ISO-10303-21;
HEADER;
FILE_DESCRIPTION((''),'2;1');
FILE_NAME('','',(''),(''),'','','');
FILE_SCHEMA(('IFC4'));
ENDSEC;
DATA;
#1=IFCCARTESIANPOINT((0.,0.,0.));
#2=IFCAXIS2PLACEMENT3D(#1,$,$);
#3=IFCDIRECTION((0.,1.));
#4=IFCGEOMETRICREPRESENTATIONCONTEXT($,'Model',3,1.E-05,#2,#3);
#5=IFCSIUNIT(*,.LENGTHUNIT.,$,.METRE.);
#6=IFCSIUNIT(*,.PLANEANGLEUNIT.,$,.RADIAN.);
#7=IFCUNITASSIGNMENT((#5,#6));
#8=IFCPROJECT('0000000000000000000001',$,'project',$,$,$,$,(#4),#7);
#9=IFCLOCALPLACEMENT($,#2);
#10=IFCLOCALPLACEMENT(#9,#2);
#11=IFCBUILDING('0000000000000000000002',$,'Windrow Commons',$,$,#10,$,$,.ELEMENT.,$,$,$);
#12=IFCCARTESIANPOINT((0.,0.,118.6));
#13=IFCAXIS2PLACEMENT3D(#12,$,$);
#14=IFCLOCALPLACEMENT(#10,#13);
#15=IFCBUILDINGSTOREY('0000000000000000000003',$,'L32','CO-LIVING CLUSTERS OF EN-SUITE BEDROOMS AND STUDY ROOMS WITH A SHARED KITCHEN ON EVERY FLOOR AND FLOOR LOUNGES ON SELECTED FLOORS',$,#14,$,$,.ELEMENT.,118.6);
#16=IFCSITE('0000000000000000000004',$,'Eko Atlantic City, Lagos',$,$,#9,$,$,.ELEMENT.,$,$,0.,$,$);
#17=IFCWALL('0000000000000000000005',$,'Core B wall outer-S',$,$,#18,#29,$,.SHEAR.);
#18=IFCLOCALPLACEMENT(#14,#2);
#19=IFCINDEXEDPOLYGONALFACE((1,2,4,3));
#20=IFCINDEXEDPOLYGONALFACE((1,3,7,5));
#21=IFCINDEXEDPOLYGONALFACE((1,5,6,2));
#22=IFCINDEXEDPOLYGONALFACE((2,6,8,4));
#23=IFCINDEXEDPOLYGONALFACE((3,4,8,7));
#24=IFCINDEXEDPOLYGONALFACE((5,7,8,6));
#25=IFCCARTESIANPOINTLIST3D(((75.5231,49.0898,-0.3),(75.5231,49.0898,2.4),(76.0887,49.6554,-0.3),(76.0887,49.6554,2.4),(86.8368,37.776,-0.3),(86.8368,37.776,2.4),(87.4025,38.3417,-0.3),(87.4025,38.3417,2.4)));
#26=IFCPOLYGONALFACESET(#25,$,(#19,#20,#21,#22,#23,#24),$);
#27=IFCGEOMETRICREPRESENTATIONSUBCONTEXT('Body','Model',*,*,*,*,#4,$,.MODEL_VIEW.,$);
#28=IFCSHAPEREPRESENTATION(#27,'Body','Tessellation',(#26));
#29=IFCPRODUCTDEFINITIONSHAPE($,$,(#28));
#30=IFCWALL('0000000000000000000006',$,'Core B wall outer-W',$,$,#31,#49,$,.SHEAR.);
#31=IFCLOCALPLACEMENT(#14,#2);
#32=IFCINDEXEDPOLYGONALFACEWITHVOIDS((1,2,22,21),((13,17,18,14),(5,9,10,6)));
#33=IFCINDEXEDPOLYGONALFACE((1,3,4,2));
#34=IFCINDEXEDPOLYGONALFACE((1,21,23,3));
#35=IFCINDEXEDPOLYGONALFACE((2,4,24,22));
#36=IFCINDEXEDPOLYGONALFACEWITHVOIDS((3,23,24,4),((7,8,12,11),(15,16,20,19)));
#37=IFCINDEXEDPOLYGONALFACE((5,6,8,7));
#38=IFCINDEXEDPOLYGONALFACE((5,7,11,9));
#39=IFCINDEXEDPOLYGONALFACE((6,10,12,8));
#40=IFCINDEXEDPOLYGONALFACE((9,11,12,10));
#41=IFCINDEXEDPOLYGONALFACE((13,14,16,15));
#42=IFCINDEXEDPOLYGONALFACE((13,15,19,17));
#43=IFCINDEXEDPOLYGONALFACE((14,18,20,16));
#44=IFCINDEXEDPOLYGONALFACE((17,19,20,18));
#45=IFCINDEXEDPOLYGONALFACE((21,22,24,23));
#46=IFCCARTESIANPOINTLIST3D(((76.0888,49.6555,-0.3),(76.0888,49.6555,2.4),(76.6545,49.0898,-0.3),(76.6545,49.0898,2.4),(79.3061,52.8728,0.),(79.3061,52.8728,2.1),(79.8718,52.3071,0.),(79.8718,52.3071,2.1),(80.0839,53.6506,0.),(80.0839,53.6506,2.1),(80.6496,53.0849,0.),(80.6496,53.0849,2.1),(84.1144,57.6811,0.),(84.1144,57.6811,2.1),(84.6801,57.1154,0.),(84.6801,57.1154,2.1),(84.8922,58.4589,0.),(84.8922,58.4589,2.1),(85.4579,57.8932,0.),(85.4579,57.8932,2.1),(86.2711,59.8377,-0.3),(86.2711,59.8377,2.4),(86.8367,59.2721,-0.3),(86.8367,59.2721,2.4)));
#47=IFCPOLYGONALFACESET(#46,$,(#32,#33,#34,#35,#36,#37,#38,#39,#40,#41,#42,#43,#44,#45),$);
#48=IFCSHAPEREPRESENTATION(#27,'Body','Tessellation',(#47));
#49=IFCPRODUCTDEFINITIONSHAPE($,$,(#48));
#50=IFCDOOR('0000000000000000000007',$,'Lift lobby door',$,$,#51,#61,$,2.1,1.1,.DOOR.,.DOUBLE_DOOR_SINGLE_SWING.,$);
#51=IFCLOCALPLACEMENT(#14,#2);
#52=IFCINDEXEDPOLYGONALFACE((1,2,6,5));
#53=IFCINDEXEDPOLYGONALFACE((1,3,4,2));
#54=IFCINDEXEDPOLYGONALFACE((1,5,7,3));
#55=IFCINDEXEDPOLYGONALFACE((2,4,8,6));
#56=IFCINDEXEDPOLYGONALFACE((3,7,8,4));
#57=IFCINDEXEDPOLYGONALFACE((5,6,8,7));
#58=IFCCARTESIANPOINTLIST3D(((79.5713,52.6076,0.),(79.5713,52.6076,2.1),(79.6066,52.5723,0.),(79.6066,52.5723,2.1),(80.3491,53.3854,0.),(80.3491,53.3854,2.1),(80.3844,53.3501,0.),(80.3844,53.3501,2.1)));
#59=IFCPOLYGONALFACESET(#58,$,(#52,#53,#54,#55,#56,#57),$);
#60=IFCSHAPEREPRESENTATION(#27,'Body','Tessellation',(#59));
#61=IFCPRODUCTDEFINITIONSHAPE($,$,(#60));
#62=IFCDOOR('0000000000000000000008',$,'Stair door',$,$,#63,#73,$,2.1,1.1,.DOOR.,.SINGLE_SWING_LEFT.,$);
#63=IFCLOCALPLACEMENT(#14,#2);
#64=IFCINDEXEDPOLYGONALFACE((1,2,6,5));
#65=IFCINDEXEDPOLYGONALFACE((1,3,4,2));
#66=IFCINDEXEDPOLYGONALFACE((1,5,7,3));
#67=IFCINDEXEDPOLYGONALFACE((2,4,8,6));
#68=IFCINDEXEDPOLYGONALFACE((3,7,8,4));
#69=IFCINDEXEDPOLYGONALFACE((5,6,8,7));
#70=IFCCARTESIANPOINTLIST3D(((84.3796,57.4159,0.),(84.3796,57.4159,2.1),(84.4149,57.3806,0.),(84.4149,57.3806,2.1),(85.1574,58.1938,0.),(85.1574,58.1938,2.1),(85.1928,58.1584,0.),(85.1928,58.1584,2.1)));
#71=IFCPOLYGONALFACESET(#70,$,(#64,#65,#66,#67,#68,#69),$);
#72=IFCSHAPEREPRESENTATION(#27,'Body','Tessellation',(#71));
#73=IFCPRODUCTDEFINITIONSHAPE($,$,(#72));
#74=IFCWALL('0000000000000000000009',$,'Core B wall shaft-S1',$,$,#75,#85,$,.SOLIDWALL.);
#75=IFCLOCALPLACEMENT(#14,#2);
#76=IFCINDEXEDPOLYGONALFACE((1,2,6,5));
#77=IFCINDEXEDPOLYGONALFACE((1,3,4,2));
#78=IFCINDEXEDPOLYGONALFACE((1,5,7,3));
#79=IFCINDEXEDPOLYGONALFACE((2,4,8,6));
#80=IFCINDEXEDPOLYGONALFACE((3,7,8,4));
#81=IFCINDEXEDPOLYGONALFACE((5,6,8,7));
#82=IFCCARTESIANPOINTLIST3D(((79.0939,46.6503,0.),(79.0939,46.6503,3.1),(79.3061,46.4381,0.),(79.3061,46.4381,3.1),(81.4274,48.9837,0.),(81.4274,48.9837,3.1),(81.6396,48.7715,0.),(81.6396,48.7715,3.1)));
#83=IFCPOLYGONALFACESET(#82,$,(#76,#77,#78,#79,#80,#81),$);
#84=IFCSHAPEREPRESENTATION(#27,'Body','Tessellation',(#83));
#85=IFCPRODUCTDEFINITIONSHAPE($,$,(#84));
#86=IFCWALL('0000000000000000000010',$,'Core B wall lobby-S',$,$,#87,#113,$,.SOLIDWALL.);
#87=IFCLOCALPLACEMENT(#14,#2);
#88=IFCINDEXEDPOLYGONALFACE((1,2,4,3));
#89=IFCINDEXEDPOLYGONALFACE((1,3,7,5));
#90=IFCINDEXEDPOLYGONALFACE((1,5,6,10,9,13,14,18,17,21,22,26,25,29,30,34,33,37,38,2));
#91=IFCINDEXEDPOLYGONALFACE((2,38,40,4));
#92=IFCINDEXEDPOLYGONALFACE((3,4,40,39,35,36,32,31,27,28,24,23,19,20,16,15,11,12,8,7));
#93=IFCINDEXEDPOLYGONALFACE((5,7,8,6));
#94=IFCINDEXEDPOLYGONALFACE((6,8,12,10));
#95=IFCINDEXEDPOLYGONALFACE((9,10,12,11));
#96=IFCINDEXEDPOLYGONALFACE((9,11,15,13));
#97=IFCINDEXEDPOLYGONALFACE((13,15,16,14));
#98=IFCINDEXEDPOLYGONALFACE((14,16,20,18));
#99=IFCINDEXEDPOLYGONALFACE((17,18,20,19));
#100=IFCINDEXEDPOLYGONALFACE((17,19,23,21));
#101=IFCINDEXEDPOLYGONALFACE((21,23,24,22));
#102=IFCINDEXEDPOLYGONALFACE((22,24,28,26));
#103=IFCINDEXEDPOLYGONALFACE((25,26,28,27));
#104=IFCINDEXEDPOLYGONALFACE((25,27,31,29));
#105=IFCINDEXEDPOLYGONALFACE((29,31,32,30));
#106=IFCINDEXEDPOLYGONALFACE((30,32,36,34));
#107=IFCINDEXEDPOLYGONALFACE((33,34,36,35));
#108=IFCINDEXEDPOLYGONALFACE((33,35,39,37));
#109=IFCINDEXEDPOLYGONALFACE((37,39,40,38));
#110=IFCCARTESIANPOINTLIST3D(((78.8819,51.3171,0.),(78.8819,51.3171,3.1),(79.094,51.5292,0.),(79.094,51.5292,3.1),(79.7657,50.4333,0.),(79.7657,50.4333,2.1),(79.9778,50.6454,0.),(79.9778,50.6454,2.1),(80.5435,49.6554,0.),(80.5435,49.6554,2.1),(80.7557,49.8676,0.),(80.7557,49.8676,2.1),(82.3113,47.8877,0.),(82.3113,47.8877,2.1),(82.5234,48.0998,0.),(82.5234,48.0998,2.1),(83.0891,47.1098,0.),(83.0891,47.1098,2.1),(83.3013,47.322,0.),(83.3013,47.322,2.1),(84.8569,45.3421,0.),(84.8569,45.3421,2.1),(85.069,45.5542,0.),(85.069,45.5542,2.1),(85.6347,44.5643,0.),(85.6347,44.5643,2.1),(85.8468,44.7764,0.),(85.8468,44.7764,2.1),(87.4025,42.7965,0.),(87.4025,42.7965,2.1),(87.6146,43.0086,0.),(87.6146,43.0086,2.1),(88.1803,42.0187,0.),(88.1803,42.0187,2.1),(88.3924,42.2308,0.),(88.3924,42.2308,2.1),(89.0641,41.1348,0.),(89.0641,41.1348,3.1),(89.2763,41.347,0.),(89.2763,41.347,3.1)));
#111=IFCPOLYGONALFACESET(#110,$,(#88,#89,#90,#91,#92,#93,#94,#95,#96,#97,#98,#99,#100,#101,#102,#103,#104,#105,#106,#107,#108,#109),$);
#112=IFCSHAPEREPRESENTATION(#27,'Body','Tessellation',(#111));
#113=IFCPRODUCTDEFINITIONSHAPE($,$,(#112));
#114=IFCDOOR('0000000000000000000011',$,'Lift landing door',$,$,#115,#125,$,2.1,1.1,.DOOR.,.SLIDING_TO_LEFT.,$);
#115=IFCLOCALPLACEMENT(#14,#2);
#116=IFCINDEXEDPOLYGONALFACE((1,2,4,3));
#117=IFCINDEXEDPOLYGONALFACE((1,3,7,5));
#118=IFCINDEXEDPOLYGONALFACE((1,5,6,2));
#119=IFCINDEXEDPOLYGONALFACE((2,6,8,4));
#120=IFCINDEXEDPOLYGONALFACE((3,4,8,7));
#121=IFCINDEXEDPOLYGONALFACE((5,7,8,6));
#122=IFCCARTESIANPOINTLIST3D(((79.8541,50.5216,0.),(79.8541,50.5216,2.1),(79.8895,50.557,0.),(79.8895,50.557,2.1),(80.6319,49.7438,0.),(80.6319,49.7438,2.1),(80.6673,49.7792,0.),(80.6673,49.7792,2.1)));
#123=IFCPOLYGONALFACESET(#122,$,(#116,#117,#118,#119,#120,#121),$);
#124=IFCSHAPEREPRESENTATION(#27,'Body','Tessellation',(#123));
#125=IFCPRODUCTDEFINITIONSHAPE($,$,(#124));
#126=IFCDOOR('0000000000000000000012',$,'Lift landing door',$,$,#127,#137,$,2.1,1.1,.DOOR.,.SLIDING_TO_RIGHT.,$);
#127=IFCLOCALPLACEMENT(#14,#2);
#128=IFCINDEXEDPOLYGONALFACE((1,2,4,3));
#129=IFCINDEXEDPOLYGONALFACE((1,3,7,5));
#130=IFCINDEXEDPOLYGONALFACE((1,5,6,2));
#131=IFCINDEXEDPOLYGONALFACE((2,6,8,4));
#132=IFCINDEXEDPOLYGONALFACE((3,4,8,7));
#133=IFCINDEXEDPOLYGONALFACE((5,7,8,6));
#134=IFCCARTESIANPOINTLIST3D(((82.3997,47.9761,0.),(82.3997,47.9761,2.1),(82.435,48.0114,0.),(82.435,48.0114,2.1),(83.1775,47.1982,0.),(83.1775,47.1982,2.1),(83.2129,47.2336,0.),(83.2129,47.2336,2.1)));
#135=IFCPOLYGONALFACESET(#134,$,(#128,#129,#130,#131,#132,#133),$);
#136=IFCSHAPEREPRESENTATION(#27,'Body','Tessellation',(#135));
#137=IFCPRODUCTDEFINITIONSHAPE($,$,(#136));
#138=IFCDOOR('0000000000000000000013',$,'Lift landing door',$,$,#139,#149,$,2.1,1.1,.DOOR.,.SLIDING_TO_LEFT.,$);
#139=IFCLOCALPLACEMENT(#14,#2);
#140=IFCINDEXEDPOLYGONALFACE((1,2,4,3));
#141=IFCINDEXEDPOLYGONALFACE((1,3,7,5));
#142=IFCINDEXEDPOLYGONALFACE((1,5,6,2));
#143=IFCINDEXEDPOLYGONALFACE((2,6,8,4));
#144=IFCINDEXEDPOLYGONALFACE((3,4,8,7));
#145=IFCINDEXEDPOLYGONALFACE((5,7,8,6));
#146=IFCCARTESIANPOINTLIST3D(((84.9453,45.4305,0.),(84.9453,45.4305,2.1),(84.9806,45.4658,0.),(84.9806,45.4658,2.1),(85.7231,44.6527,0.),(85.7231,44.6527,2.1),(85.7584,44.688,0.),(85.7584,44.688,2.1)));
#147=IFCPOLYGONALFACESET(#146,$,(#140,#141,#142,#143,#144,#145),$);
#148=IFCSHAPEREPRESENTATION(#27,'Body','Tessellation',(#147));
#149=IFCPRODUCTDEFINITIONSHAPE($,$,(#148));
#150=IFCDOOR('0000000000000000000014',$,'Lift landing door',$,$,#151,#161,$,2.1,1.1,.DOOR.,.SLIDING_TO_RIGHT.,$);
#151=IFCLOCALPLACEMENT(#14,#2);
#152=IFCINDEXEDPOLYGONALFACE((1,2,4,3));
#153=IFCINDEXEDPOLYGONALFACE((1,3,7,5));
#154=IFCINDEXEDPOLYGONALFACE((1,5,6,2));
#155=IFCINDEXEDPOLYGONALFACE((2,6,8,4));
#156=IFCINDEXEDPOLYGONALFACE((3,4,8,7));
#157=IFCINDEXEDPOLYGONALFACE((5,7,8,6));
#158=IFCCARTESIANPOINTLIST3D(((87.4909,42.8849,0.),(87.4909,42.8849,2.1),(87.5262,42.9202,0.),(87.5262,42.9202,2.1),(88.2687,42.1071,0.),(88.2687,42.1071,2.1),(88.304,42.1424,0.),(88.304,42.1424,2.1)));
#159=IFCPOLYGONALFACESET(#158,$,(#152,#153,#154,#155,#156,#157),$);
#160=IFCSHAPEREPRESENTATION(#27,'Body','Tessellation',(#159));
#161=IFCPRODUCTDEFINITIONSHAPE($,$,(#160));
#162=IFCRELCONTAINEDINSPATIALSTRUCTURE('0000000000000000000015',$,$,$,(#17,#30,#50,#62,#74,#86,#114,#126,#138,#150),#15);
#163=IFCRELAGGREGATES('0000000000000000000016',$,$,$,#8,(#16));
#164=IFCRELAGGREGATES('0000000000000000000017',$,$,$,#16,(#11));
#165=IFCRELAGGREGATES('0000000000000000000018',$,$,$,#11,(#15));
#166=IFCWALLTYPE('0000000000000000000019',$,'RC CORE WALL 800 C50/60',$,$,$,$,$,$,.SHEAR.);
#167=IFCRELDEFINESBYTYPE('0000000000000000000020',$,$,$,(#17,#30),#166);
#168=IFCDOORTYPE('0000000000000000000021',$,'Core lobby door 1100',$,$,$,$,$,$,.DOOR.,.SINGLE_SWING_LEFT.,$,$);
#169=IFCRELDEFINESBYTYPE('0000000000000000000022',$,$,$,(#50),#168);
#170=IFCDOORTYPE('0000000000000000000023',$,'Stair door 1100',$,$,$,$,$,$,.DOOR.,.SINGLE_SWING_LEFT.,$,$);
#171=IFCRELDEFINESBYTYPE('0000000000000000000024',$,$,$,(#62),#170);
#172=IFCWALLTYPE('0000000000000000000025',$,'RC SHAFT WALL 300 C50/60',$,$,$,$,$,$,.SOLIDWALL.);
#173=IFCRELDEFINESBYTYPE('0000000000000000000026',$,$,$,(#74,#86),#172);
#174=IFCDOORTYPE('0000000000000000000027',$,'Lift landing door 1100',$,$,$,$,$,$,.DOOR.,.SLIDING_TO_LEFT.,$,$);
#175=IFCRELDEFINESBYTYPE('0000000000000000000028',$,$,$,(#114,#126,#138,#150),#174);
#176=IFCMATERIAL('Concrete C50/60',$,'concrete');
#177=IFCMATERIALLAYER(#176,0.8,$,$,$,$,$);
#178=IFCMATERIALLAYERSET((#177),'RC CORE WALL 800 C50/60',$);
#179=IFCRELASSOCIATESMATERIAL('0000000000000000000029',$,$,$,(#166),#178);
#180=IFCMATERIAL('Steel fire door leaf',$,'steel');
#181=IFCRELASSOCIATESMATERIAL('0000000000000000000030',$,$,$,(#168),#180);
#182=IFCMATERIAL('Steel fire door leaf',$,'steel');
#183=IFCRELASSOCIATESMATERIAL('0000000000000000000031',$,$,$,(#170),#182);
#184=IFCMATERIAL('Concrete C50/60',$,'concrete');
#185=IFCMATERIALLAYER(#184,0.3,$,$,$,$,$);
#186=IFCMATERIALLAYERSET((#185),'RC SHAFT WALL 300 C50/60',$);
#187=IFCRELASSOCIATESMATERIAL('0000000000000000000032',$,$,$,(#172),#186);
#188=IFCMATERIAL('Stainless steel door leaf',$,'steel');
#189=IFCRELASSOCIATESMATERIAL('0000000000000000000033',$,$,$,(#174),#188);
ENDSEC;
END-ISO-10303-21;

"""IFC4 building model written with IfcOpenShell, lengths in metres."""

from ifc_helpers import new_model, si_unit, direction, frame, frame_2d, origin, place, context, subcontext, project, spatial, rectangle, extrude, material, layer, layer_set, type_object, element, fill, save


model = new_model("IFC4")

# Units and contexts
model_context = context("Model", 3, precision=1e-05, world=origin(), true_north=direction((0.0, 1.0)))
body_context = subcontext(model_context, "Body", "Model", "MODEL_VIEW")
ifc_project = project(units=[si_unit("LENGTHUNIT", "METRE"), si_unit("PLANEANGLEUNIT", "RADIAN")], contexts=[model_context])

# Site, building, storey
site_placement = place(None, origin())
site = spatial("IfcSite", under=ifc_project, at=site_placement, Name="Eko Atlantic City, Lagos", CompositionType="ELEMENT", RefElevation=0.0)
building_placement = place(site_placement, origin())
building = spatial("IfcBuilding", under=site, at=building_placement, Name="Windrow Commons", CompositionType="ELEMENT")
storey_placement = place(building_placement, frame((0.0, 0.0, 118.6)))
storey = spatial("IfcBuildingStorey", under=building, at=storey_placement, Name="L32", Description="CO-LIVING CLUSTERS OF EN-SUITE BEDROOMS AND STUDY ROOMS WITH A SHARED KITCHEN ON EVERY FLOOR AND FLOOR LOUNGES ON SELECTED FLOORS", CompositionType="ELEMENT", Elevation=118.6)

# Shared definitions
ifc_material_1 = material(Name="Concrete C50/60", Category="concrete")
ifc_layer_1 = layer(ifc_material_1, 0.8)
ifc_layer_set_1 = layer_set([ifc_layer_1], Name="RC CORE WALL 800 C50/60")
wall_type_1 = type_object("IfcWallType", Name="RC CORE WALL 800 C50/60", PredefinedType="SHEAR", material=ifc_layer_set_1)
ifc_material_2 = material(Name="Steel fire door leaf", Category="steel")
door_type_1 = type_object("IfcDoorType", Name="Core lobby door 1100", OperationType="SINGLE_SWING_LEFT", PredefinedType="DOOR", material=ifc_material_2)
ifc_material_3 = material(Name="Steel fire door leaf", Category="steel")
door_type_2 = type_object("IfcDoorType", Name="Stair door 1100", OperationType="SINGLE_SWING_LEFT", PredefinedType="DOOR", material=ifc_material_3)

# Wall
wall_1_placement = place(storey_placement, frame((75.8059, 49.3726, -0.3), z_axis=(0.0, 0.0, 1.0), x_axis=(0.707107, -0.707107, 0.0)))
element("IfcWall", 1, at=wall_1_placement, inside=storey, type_object=wall_type_1, Name="Core B wall outer-S", PredefinedType="SHEAR", context=body_context, shape_type="SweptSolid", body=[
    extrude(rectangle(XDim=16.0, YDim=0.8, at=frame_2d((8.0, 0.0))), origin(), (0.0, 0.0, 1.0), 2.7),
])

# Wall, openings, doors
wall_2_placement = place(storey_placement, frame((76.3716, 49.3726, -0.3), z_axis=(0.0, 0.0, 1.0), x_axis=(0.707107, 0.707107, 0.0)))
wall_2 = element("IfcWall", 2, at=wall_2_placement, inside=storey, type_object=wall_type_1, Name="Core B wall outer-W", PredefinedType="SHEAR", context=body_context, shape_type="SweptSolid", body=[
    extrude(rectangle(XDim=14.3999, YDim=0.8, at=frame_2d((7.2, 0.0))), origin(), (0.0, 0.0, 1.0), 2.7),
])
opening_1_placement = place(wall_2_placement, frame((4.55, 0.0, 0.3)))
opening_1 = element("IfcOpeningElement", 3, at=opening_1_placement, cuts=wall_2, PredefinedType="OPENING", context=body_context, shape_type="SweptSolid", body=[
    extrude(rectangle(XDim=1.1, YDim=2.1, at=frame_2d((0.55, 1.05))), frame((0.0, 0.41, 0.0), z_axis=(0.0, -1.0, 0.0), x_axis=(1.0, 0.0, 0.0)), (0.0, 0.0, 1.0), 0.82),
])
opening_2_placement = place(wall_2_placement, frame((11.35, 0.0, 0.3)))
opening_2 = element("IfcOpeningElement", 4, at=opening_2_placement, cuts=wall_2, PredefinedType="OPENING", context=body_context, shape_type="SweptSolid", body=[
    extrude(rectangle(XDim=1.1, YDim=2.1, at=frame_2d((0.55, 1.05))), frame((0.0, 0.41, 0.0), z_axis=(0.0, -1.0, 0.0), x_axis=(1.0, 0.0, 0.0)), (0.0, 0.0, 1.0), 0.82),
])
door_1_placement = place(opening_1_placement, origin())
door_1 = element("IfcDoor", 5, at=door_1_placement, inside=storey, type_object=door_type_1, Name="Lift lobby door", OperationType="DOUBLE_DOOR_SINGLE_SWING", OverallHeight=2.1, OverallWidth=1.1, PredefinedType="DOOR", context=body_context, shape_type="SweptSolid", body=[
    extrude(rectangle(XDim=1.1, YDim=2.1, at=frame_2d((0.55, 1.05))), frame((0.0, 0.025, 0.0), z_axis=(0.0, -1.0, 0.0), x_axis=(1.0, 0.0, 0.0)), (0.0, 0.0, 1.0), 0.05),
])
fill(opening_1, door_1)
door_2_placement = place(opening_2_placement, origin())
door_2 = element("IfcDoor", 6, at=door_2_placement, inside=storey, type_object=door_type_2, Name="Stair door", OperationType="SINGLE_SWING_LEFT", OverallHeight=2.1, OverallWidth=1.1, PredefinedType="DOOR", context=body_context, shape_type="SweptSolid", body=[
    extrude(rectangle(XDim=1.1, YDim=2.1, at=frame_2d((0.55, 1.05))), frame((0.0, 0.025, 0.0), z_axis=(0.0, -1.0, 0.0), x_axis=(1.0, 0.0, 0.0)), (0.0, 0.0, 1.0), 0.05),
])
fill(opening_2, door_2)

# Wall
ifc_material_4 = material(Name="Concrete C50/60", Category="concrete")
ifc_layer_2 = layer(ifc_material_4, 0.3)
ifc_layer_set_2 = layer_set([ifc_layer_2], Name="RC SHAFT WALL 300 C50/60")
wall_type_2 = type_object("IfcWallType", Name="RC SHAFT WALL 300 C50/60", PredefinedType="SOLIDWALL", material=ifc_layer_set_2)
wall_3_placement = place(storey_placement, frame((79.2, 46.5442, 0.0), z_axis=(0.0, 0.0, 1.0), x_axis=(0.707122, 0.707092, 0.0)))
element("IfcWall", 7, at=wall_3_placement, inside=storey, type_object=wall_type_2, Name="Core B wall shaft-S1", PredefinedType="SOLIDWALL", context=body_context, shape_type="SweptSolid", body=[
    extrude(rectangle(XDim=3.3, YDim=0.3, at=frame_2d((1.65, 0.0))), origin(), (0.0, 0.0, 1.0), 3.1),
])

# Wall, openings, doors
wall_4_placement = place(storey_placement, frame((78.9879, 51.4232, 0.0), z_axis=(0.0, 0.0, 1.0), x_axis=(0.707107, -0.707107, 0.0)))
wall_4 = element("IfcWall", 8, at=wall_4_placement, inside=storey, type_object=wall_type_2, Name="Core B wall lobby-S", PredefinedType="SOLIDWALL", context=body_context, shape_type="SweptSolid", body=[
    extrude(rectangle(XDim=14.3999, YDim=0.3, at=frame_2d((7.2, 0.0))), origin(), (0.0, 0.0, 1.0), 3.1),
])
opening_3_placement = place(wall_4_placement, frame((1.25, 0.0, 0.0)))
opening_3 = element("IfcOpeningElement", 9, at=opening_3_placement, cuts=wall_4, PredefinedType="OPENING", context=body_context, shape_type="SweptSolid", body=[
    extrude(rectangle(XDim=1.1, YDim=2.1, at=frame_2d((0.55, 1.05))), frame((0.0, 0.16, 0.0), z_axis=(0.0, -1.0, 0.0), x_axis=(1.0, 0.0, 0.0)), (0.0, 0.0, 1.0), 0.32),
])
opening_4_placement = place(wall_4_placement, frame((4.85, 0.0, 0.0)))
opening_4 = element("IfcOpeningElement", 10, at=opening_4_placement, cuts=wall_4, PredefinedType="OPENING", context=body_context, shape_type="SweptSolid", body=[
    extrude(rectangle(XDim=1.1, YDim=2.1, at=frame_2d((0.55, 1.05))), frame((0.0, 0.16, 0.0), z_axis=(0.0, -1.0, 0.0), x_axis=(1.0, 0.0, 0.0)), (0.0, 0.0, 1.0), 0.32),
])
opening_5_placement = place(wall_4_placement, frame((8.45, 0.0, 0.0)))
opening_5 = element("IfcOpeningElement", 11, at=opening_5_placement, cuts=wall_4, PredefinedType="OPENING", context=body_context, shape_type="SweptSolid", body=[
    extrude(rectangle(XDim=1.1, YDim=2.1, at=frame_2d((0.55, 1.05))), frame((0.0, 0.16, 0.0), z_axis=(0.0, -1.0, 0.0), x_axis=(1.0, 0.0, 0.0)), (0.0, 0.0, 1.0), 0.32),
])
opening_6_placement = place(wall_4_placement, frame((12.05, 0.0, 0.0)))
opening_6 = element("IfcOpeningElement", 12, at=opening_6_placement, cuts=wall_4, PredefinedType="OPENING", context=body_context, shape_type="SweptSolid", body=[
    extrude(rectangle(XDim=1.1, YDim=2.1, at=frame_2d((0.55, 1.05))), frame((0.0, 0.16, 0.0), z_axis=(0.0, -1.0, 0.0), x_axis=(1.0, 0.0, 0.0)), (0.0, 0.0, 1.0), 0.32),
])
ifc_material_5 = material(Name="Stainless steel door leaf", Category="steel")
door_type_3 = type_object("IfcDoorType", Name="Lift landing door 1100", OperationType="SLIDING_TO_LEFT", PredefinedType="DOOR", material=ifc_material_5)
door_3_placement = place(opening_3_placement, origin())
door_3 = element("IfcDoor", 13, at=door_3_placement, inside=storey, type_object=door_type_3, Name="Lift landing door", OperationType="SLIDING_TO_LEFT", OverallHeight=2.1, OverallWidth=1.1, PredefinedType="DOOR", context=body_context, shape_type="SweptSolid", body=[
    extrude(rectangle(XDim=1.1, YDim=2.1, at=frame_2d((0.55, 1.05))), frame((0.0, 0.025, 0.0), z_axis=(0.0, -1.0, 0.0), x_axis=(1.0, 0.0, 0.0)), (0.0, 0.0, 1.0), 0.05),
])
fill(opening_3, door_3)
door_4_placement = place(opening_4_placement, origin())
door_4 = element("IfcDoor", 14, at=door_4_placement, inside=storey, type_object=door_type_3, Name="Lift landing door", OperationType="SLIDING_TO_RIGHT", OverallHeight=2.1, OverallWidth=1.1, PredefinedType="DOOR", context=body_context, shape_type="SweptSolid", body=[
    extrude(rectangle(XDim=1.1, YDim=2.1, at=frame_2d((0.55, 1.05))), frame((0.0, 0.025, 0.0), z_axis=(0.0, -1.0, 0.0), x_axis=(1.0, 0.0, 0.0)), (0.0, 0.0, 1.0), 0.05),
])
fill(opening_4, door_4)
door_5_placement = place(opening_5_placement, origin())
door_5 = element("IfcDoor", 15, at=door_5_placement, inside=storey, type_object=door_type_3, Name="Lift landing door", OperationType="SLIDING_TO_LEFT", OverallHeight=2.1, OverallWidth=1.1, PredefinedType="DOOR", context=body_context, shape_type="SweptSolid", body=[
    extrude(rectangle(XDim=1.1, YDim=2.1, at=frame_2d((0.55, 1.05))), frame((0.0, 0.025, 0.0), z_axis=(0.0, -1.0, 0.0), x_axis=(1.0, 0.0, 0.0)), (0.0, 0.0, 1.0), 0.05),
])
fill(opening_5, door_5)
door_6_placement = place(opening_6_placement, origin())
door_6 = element("IfcDoor", 16, at=door_6_placement, inside=storey, type_object=door_type_3, Name="Lift landing door", OperationType="SLIDING_TO_RIGHT", OverallHeight=2.1, OverallWidth=1.1, PredefinedType="DOOR", context=body_context, shape_type="SweptSolid", body=[
    extrude(rectangle(XDim=1.1, YDim=2.1, at=frame_2d((0.55, 1.05))), frame((0.0, 0.025, 0.0), z_axis=(0.0, -1.0, 0.0), x_axis=(1.0, 0.0, 0.0)), (0.0, 0.0, 1.0), 0.05),
])
fill(opening_6, door_6)

save(model, "model.ifc")
